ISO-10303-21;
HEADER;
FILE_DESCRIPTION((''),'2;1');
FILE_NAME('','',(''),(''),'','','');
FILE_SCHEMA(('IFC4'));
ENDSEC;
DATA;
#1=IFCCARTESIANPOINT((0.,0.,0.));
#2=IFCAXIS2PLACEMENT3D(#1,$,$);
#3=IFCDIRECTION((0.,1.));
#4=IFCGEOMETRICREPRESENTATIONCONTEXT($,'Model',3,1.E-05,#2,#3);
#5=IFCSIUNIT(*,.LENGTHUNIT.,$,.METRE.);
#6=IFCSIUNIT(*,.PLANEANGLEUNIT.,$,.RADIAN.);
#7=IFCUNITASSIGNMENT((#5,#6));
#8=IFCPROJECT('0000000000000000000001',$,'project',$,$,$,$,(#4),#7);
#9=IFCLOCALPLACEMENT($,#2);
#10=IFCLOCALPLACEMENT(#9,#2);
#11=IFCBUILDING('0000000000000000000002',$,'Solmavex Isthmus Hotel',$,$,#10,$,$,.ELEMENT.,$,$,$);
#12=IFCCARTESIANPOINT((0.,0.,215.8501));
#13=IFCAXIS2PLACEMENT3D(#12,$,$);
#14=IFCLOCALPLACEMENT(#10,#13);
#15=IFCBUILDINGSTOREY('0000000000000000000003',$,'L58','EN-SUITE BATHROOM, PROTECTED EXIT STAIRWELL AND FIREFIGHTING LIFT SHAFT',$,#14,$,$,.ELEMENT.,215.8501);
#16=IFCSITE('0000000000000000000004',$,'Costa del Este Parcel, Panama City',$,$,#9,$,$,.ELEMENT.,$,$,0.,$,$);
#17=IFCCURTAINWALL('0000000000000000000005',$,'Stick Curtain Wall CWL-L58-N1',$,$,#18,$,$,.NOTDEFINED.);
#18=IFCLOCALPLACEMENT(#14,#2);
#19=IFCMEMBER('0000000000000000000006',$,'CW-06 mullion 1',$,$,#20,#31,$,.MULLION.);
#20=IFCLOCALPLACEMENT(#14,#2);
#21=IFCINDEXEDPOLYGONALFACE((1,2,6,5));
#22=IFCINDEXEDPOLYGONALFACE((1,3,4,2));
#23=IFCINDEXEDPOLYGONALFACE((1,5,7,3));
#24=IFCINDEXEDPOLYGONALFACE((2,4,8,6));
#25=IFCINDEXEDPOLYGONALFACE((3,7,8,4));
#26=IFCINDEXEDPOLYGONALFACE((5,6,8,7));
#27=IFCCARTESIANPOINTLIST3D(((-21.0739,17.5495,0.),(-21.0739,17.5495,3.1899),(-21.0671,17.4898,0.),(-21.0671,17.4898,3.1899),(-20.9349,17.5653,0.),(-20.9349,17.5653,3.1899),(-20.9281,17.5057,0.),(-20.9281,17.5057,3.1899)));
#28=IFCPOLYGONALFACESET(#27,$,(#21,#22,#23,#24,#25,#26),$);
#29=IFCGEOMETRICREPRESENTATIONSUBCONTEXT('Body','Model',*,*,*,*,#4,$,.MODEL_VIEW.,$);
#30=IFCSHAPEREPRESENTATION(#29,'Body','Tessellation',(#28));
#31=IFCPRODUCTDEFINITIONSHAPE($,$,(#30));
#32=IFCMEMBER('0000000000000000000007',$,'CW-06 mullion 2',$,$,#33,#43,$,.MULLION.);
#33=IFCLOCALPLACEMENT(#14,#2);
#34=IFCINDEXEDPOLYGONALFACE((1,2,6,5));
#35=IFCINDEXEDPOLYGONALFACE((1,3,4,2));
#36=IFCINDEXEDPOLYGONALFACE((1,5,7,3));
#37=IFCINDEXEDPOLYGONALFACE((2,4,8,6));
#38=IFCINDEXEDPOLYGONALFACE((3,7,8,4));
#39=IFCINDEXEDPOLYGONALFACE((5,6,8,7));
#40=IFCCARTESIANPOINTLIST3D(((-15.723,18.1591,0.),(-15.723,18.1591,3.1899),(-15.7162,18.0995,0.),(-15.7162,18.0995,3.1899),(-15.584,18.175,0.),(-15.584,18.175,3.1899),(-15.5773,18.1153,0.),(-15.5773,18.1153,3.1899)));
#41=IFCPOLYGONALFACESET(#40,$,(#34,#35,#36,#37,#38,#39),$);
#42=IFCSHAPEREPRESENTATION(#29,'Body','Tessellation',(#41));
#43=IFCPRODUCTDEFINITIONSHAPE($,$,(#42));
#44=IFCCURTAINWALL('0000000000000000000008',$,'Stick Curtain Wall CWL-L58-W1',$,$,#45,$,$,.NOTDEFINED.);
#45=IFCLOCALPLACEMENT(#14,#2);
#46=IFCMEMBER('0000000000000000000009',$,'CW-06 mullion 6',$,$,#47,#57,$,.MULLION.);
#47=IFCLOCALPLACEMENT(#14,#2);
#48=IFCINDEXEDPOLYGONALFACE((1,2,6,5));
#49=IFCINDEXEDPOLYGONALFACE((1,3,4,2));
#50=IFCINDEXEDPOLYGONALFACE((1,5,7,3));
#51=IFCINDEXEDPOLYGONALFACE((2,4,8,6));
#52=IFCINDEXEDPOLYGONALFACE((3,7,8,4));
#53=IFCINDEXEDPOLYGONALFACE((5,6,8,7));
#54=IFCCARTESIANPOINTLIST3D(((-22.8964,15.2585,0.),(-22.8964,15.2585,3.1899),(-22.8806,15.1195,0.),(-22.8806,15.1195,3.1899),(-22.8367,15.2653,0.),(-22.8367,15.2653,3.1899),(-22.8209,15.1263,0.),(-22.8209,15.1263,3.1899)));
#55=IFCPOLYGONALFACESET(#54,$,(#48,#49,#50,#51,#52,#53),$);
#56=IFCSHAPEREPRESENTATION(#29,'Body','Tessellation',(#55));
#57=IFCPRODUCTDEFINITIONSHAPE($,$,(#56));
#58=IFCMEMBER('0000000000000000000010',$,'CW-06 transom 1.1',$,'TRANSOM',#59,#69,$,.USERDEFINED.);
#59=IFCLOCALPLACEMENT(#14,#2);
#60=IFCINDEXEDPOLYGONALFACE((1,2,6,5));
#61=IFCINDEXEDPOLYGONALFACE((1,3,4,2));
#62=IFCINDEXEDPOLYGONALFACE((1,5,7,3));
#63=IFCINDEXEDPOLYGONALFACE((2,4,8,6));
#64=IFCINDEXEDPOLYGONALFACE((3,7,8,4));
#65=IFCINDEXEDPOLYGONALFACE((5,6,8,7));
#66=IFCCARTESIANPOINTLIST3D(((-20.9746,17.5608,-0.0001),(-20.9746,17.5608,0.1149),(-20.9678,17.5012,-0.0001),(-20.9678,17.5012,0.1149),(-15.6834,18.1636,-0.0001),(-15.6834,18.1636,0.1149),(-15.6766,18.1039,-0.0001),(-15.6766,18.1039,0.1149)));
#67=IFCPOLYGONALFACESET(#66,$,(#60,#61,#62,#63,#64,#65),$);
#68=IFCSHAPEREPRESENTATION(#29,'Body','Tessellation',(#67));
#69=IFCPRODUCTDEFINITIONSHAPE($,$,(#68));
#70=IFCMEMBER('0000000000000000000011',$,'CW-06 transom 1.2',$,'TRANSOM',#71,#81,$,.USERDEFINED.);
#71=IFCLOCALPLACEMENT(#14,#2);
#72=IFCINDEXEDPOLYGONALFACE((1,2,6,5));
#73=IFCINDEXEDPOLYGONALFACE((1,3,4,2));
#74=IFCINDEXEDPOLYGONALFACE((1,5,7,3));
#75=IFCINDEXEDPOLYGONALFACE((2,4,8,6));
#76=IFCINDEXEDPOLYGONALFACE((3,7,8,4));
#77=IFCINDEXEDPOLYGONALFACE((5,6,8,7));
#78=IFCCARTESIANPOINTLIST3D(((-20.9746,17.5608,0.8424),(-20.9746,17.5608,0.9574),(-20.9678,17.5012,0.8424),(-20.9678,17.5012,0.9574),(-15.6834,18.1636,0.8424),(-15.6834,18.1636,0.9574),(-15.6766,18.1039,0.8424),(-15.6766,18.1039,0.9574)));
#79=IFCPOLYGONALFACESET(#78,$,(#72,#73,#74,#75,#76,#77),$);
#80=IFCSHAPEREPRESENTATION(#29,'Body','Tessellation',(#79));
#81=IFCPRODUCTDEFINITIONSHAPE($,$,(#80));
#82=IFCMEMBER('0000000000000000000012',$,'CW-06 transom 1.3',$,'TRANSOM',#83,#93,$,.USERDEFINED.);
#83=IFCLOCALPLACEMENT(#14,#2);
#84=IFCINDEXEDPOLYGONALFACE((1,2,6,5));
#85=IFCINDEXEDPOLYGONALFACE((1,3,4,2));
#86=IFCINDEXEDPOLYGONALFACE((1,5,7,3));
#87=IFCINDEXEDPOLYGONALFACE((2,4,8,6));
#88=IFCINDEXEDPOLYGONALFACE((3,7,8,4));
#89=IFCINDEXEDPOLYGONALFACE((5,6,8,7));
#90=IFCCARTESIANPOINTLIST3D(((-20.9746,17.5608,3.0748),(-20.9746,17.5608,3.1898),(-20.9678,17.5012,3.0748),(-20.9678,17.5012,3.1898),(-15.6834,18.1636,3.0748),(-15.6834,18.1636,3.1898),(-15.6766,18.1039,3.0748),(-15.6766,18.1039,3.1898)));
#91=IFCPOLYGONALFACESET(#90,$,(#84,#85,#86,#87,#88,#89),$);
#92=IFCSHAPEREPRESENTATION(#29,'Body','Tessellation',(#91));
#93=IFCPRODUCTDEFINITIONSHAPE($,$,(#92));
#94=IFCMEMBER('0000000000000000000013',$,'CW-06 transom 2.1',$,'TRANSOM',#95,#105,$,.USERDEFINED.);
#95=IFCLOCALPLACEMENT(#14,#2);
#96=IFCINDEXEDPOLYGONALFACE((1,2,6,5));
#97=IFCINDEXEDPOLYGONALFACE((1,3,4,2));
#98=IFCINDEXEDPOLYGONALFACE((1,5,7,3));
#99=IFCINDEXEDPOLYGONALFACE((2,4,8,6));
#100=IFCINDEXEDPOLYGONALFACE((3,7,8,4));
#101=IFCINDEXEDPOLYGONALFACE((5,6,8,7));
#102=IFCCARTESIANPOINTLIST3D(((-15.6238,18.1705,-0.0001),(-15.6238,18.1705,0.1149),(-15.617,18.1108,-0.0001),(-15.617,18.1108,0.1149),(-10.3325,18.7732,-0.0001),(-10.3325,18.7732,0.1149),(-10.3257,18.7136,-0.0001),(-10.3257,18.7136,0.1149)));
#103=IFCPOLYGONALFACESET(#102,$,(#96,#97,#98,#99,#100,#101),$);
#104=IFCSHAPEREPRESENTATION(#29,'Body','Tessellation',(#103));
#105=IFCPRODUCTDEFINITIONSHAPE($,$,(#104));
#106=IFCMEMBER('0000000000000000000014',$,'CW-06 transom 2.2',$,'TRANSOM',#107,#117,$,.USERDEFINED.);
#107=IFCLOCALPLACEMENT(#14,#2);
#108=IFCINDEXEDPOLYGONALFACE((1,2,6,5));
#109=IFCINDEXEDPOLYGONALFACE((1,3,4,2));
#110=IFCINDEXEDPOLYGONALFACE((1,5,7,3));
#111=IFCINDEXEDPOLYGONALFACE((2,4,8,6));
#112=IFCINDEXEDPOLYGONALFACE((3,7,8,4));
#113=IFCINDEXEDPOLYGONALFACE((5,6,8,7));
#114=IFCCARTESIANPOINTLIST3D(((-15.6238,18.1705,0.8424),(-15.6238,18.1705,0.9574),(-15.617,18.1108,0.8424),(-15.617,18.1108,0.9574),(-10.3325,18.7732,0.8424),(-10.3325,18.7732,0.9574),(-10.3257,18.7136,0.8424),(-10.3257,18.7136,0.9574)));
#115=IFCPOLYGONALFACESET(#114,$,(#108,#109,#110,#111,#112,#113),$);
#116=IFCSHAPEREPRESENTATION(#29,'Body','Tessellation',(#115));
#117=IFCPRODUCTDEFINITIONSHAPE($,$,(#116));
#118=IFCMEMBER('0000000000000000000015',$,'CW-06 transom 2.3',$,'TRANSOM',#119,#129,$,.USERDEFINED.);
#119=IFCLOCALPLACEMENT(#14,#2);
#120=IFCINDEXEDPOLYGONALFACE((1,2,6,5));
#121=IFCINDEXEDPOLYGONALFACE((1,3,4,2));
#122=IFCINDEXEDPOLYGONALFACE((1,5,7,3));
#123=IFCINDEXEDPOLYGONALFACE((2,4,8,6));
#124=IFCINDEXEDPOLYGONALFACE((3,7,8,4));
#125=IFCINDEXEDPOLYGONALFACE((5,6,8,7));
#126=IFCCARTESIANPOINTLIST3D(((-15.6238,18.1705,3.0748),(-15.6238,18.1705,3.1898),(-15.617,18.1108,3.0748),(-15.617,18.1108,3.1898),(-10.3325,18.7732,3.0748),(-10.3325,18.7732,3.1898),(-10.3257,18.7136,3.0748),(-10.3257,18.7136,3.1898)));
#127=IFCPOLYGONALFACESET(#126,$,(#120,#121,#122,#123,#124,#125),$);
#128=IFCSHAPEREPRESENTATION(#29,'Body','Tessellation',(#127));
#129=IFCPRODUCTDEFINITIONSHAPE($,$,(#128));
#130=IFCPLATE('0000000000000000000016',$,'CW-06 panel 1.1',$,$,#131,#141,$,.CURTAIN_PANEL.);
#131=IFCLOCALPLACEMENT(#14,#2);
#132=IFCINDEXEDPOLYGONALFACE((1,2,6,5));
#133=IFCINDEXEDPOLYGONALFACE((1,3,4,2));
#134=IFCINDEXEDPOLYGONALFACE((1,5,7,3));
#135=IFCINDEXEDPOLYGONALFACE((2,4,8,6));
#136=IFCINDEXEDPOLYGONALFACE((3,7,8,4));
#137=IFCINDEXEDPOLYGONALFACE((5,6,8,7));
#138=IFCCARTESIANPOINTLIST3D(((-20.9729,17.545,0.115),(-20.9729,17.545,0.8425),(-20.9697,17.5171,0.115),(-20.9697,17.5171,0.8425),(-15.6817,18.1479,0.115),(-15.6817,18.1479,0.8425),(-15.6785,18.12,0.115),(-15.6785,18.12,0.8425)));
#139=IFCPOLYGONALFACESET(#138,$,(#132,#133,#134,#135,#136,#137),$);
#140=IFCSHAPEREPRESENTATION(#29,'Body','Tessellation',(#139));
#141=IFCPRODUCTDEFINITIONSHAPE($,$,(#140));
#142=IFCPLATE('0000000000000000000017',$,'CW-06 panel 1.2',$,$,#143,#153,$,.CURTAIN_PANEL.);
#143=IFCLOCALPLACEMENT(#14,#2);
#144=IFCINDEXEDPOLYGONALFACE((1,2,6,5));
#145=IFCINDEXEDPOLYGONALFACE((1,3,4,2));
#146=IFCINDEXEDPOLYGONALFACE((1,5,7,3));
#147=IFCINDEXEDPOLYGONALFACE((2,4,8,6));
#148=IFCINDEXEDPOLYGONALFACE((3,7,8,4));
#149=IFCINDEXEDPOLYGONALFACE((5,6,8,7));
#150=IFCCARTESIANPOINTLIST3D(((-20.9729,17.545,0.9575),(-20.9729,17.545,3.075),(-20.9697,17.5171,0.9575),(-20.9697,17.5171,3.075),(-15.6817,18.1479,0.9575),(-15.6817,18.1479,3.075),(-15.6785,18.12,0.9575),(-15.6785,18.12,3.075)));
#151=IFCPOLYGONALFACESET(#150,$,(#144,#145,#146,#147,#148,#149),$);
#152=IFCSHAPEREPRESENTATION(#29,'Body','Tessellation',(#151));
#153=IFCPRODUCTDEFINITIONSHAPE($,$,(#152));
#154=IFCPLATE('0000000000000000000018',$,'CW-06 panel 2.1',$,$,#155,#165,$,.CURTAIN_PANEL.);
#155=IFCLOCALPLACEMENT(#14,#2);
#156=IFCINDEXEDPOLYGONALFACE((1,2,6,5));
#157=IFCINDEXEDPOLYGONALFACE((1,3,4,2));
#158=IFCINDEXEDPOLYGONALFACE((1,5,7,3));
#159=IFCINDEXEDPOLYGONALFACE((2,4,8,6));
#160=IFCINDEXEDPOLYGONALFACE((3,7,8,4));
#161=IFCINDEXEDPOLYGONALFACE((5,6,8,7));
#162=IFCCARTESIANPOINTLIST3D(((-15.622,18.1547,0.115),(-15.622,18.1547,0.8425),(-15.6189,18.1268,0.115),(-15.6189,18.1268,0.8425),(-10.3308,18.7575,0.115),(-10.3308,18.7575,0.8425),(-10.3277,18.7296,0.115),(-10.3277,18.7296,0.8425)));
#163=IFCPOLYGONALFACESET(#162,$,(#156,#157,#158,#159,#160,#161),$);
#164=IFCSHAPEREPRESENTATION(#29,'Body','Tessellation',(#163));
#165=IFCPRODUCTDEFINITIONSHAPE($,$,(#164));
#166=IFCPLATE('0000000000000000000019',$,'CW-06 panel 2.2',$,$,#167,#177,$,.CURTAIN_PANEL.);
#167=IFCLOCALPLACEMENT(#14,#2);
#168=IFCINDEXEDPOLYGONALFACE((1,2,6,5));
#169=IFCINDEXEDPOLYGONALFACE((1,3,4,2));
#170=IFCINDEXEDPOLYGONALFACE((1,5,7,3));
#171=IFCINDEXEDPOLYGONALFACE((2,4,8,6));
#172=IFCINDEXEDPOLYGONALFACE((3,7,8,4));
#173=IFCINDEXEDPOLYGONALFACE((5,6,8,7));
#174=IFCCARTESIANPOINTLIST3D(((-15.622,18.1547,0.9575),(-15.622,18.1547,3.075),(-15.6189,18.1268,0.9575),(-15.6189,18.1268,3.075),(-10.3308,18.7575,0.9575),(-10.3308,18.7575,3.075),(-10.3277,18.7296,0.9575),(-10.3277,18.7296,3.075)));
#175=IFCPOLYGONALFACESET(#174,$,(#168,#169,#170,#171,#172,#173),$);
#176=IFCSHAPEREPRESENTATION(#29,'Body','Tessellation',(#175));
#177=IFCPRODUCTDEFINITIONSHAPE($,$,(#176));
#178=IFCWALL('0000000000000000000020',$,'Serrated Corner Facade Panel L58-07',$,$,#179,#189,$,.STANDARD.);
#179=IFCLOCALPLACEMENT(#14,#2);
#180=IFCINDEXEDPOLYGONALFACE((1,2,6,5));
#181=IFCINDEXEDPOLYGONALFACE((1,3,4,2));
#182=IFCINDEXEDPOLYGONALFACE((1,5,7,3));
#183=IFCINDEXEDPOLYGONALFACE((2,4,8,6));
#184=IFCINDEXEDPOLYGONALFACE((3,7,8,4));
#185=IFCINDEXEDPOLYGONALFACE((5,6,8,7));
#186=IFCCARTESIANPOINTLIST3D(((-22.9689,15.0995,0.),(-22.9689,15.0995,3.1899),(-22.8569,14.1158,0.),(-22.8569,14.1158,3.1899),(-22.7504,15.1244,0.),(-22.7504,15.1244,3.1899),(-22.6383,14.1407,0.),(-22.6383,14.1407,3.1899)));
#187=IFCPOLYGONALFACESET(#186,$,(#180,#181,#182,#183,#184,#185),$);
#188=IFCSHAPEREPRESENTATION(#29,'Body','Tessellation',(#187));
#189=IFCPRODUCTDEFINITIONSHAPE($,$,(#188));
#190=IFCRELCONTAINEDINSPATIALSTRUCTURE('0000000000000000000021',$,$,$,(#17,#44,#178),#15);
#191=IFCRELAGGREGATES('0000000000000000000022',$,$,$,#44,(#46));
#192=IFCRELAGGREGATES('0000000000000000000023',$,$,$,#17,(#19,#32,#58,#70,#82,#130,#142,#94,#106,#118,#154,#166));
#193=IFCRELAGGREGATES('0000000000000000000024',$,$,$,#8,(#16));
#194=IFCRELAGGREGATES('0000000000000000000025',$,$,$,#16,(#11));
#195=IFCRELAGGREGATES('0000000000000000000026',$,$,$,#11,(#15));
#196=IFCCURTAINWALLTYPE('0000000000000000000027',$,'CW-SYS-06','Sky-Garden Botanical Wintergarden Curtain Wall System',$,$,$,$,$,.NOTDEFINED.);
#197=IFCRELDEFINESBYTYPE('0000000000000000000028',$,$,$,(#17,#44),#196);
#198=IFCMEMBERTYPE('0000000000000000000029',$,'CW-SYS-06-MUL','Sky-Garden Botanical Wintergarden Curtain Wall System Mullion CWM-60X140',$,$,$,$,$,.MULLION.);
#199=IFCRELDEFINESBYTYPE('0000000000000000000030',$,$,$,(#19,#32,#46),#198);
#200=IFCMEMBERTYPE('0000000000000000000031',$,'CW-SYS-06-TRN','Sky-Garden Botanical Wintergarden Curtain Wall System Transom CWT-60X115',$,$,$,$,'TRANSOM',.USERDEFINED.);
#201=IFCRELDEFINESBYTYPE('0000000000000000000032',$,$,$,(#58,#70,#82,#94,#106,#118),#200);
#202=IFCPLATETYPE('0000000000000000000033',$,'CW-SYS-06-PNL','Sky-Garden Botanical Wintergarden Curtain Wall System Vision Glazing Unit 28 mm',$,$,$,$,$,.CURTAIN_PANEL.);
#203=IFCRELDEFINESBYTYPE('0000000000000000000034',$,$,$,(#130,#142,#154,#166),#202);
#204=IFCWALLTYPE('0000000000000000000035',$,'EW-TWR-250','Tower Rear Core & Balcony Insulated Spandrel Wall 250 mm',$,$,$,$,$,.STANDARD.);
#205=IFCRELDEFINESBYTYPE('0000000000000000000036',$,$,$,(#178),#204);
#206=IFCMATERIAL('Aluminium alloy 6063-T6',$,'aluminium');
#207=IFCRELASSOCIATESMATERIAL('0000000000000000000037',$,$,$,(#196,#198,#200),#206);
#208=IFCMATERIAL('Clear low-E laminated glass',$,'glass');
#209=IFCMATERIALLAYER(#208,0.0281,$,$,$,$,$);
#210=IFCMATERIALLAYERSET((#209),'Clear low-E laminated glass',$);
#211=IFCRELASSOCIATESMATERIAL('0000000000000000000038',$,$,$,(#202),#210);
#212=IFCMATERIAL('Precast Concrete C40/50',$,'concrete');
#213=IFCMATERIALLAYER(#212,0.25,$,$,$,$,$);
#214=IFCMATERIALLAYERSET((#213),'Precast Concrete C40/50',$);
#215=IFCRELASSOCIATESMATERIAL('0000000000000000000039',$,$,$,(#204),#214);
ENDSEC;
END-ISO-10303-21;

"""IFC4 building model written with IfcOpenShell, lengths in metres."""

from ifc_helpers import new_model, si_unit, direction, frame, frame_2d, origin, origin_2d, place, context, subcontext, project, spatial, rectangle, extrude, material, layer, layer_set, material_profile, profile_set, type_object, element, aggregate, save


model = new_model("IFC4")

# Units and contexts
model_context = context("Model", 3, precision=1e-05, world=origin(), true_north=direction((0.0, 1.0)))
body_context = subcontext(model_context, "Body", "Model", "MODEL_VIEW")
ifc_project = project(units=[si_unit("LENGTHUNIT", "METRE"), si_unit("PLANEANGLEUNIT", "RADIAN")], contexts=[model_context])

# Site, building, storey
site_placement = place(None, origin())
site = spatial("IfcSite", under=ifc_project, at=site_placement, Name="Costa del Este Parcel, Panama City", CompositionType="ELEMENT", RefElevation=0.0)
building_placement = place(site_placement, origin())
building = spatial("IfcBuilding", under=site, at=building_placement, Name="Solmavex Isthmus Hotel", CompositionType="ELEMENT")
storey_placement = place(building_placement, frame((0.0, 0.0, 215.8501)))
storey = spatial("IfcBuildingStorey", under=building, at=storey_placement, Name="L58", Description="EN-SUITE BATHROOM, PROTECTED EXIT STAIRWELL AND FIREFIGHTING LIFT SHAFT", CompositionType="ELEMENT", Elevation=215.8501)

# Curtain wall, members
ifc_material_1 = material(Name="Aluminium alloy 6063-T6", Category="aluminium")
curtain_wall_type = type_object("IfcCurtainWallType", Name="CW-SYS-06", Description="Sky-Garden Botanical Wintergarden Curtain Wall System", PredefinedType="NOTDEFINED", material=ifc_material_1)
curtain_wall_1_placement = place(storey_placement, origin())
curtain_wall_1 = element("IfcCurtainWall", 1, at=curtain_wall_1_placement, inside=storey, type_object=curtain_wall_type, Name="Stick Curtain Wall CWL-L58-N1", PredefinedType="NOTDEFINED")
ifc_material_profile_1 = material_profile(ifc_material_1, rectangle(XDim=0.0601, YDim=0.1399, at=origin_2d()), Name="CWM-60X140")
ifc_profile_set_1 = profile_set([ifc_material_profile_1], Name="Aluminium alloy 6063-T6")
member_type_1 = type_object("IfcMemberType", Name="CW-SYS-06-MUL", Description="Sky-Garden Botanical Wintergarden Curtain Wall System Mullion CWM-60X140", PredefinedType="MULLION", material=ifc_profile_set_1)
member_1_placement = place(storey_placement, frame((-21.001, 17.5276, 0.0), z_axis=(0.0, 0.0, 1.0), x_axis=(-0.113203, 0.993572, 0.0)))
member_1 = element("IfcMember", 2, at=member_1_placement, type_object=member_type_1, Name="CW-06 mullion 1", PredefinedType="MULLION", context=body_context, shape_type="SweptSolid", body=[
    extrude(rectangle(XDim=0.0601, YDim=0.1399, at=origin_2d()), origin(), (0.0, 0.0, 1.0), 3.1899),
])
member_2_placement = place(storey_placement, frame((-15.6501, 18.1372, 0.0), z_axis=(0.0, 0.0, 1.0), x_axis=(-0.113203, 0.993572, 0.0)))
member_2 = element("IfcMember", 3, at=member_2_placement, type_object=member_type_1, Name="CW-06 mullion 2", PredefinedType="MULLION", context=body_context, shape_type="SweptSolid", body=[
    extrude(rectangle(XDim=0.0601, YDim=0.1399, at=origin_2d()), origin(), (0.0, 0.0, 1.0), 3.1899),
])

# Curtain wall, member
curtain_wall_2_placement = place(storey_placement, origin())
curtain_wall_2 = element("IfcCurtainWall", 4, at=curtain_wall_2_placement, inside=storey, type_object=curtain_wall_type, Name="Stick Curtain Wall CWL-L58-W1", PredefinedType="NOTDEFINED")
member_3_placement = place(storey_placement, frame((-22.8586, 15.1924, 0.0), z_axis=(0.0, 0.0, 1.0), x_axis=(-0.993572, -0.113203, 0.0)))
member_3 = element("IfcMember", 5, at=member_3_placement, type_object=member_type_1, Name="CW-06 mullion 6", PredefinedType="MULLION", context=body_context, shape_type="SweptSolid", body=[
    extrude(rectangle(XDim=0.0601, YDim=0.1399, at=origin_2d()), origin(), (0.0, 0.0, 1.0), 3.1899),
])
aggregate(curtain_wall_2, [member_3])

# Members
ifc_material_profile_2 = material_profile(ifc_material_1, rectangle(XDim=0.0601, YDim=0.115, at=origin_2d()), Name="CWT-60X115")
ifc_profile_set_2 = profile_set([ifc_material_profile_2], Name="Aluminium alloy 6063-T6")
member_type_2 = type_object("IfcMemberType", Name="CW-SYS-06-TRN", Description="Sky-Garden Botanical Wintergarden Curtain Wall System Transom CWT-60X115", ElementType="TRANSOM", PredefinedType="USERDEFINED", material=ifc_profile_set_2)
member_4_placement = place(storey_placement, frame((-20.9712, 17.531, 0.0574), z_axis=(0.993574, 0.113188, 0.0), x_axis=(-0.113188, 0.993574, 0.0)))
member_4 = element("IfcMember", 6, at=member_4_placement, type_object=member_type_2, Name="CW-06 transom 1.1", ObjectType="TRANSOM", PredefinedType="USERDEFINED", context=body_context, shape_type="SweptSolid", body=[
    extrude(rectangle(XDim=0.0601, YDim=0.115, at=origin_2d()), origin(), (0.0, 0.0, 1.0), 5.3254),
])
member_5_placement = place(storey_placement, frame((-20.9712, 17.531, 0.8999), z_axis=(0.993574, 0.113188, 0.0), x_axis=(-0.113188, 0.993574, 0.0)))
member_5 = element("IfcMember", 7, at=member_5_placement, type_object=member_type_2, Name="CW-06 transom 1.2", ObjectType="TRANSOM", PredefinedType="USERDEFINED", context=body_context, shape_type="SweptSolid", body=[
    extrude(rectangle(XDim=0.0601, YDim=0.115, at=origin_2d()), origin(), (0.0, 0.0, 1.0), 5.3254),
])
member_6_placement = place(storey_placement, frame((-20.9712, 17.531, 3.1323), z_axis=(0.993574, 0.113188, 0.0), x_axis=(-0.113188, 0.993574, 0.0)))
member_6 = element("IfcMember", 8, at=member_6_placement, type_object=member_type_2, Name="CW-06 transom 1.3", ObjectType="TRANSOM", PredefinedType="USERDEFINED", context=body_context, shape_type="SweptSolid", body=[
    extrude(rectangle(XDim=0.0601, YDim=0.115, at=origin_2d()), origin(), (0.0, 0.0, 1.0), 5.3254),
])
member_7_placement = place(storey_placement, frame((-15.6204, 18.1406, 0.0574), z_axis=(0.993574, 0.113188, 0.0), x_axis=(-0.113188, 0.993574, 0.0)))
member_7 = element("IfcMember", 9, at=member_7_placement, type_object=member_type_2, Name="CW-06 transom 2.1", ObjectType="TRANSOM", PredefinedType="USERDEFINED", context=body_context, shape_type="SweptSolid", body=[
    extrude(rectangle(XDim=0.0601, YDim=0.115, at=origin_2d()), origin(), (0.0, 0.0, 1.0), 5.3254),
])
member_8_placement = place(storey_placement, frame((-15.6204, 18.1406, 0.8999), z_axis=(0.993574, 0.113188, 0.0), x_axis=(-0.113188, 0.993574, 0.0)))
member_8 = element("IfcMember", 10, at=member_8_placement, type_object=member_type_2, Name="CW-06 transom 2.2", ObjectType="TRANSOM", PredefinedType="USERDEFINED", context=body_context, shape_type="SweptSolid", body=[
    extrude(rectangle(XDim=0.0601, YDim=0.115, at=origin_2d()), origin(), (0.0, 0.0, 1.0), 5.3254),
])
member_9_placement = place(storey_placement, frame((-15.6204, 18.1406, 3.1323), z_axis=(0.993574, 0.113188, 0.0), x_axis=(-0.113188, 0.993574, 0.0)))
member_9 = element("IfcMember", 11, at=member_9_placement, type_object=member_type_2, Name="CW-06 transom 2.3", ObjectType="TRANSOM", PredefinedType="USERDEFINED", context=body_context, shape_type="SweptSolid", body=[
    extrude(rectangle(XDim=0.0601, YDim=0.115, at=origin_2d()), origin(), (0.0, 0.0, 1.0), 5.3254),
])

# Plates
ifc_material_2 = material(Name="Clear low-E laminated glass", Category="glass")
ifc_layer_1 = layer(ifc_material_2, 0.0281)
ifc_layer_set_1 = layer_set([ifc_layer_1], Name="Clear low-E laminated glass")
plate_type = type_object("IfcPlateType", Name="CW-SYS-06-PNL", Description="Sky-Garden Botanical Wintergarden Curtain Wall System Vision Glazing Unit 28 mm", PredefinedType="CURTAIN_PANEL", material=ifc_layer_set_1)
plate_1_placement = place(storey_placement, frame((-18.3257, 17.8325, 0.115), z_axis=(0.0, 0.0, 1.0), x_axis=(0.993572, 0.113203, 0.0)))
plate_1 = element("IfcPlate", 12, at=plate_1_placement, type_object=plate_type, Name="CW-06 panel 1.1", PredefinedType="CURTAIN_PANEL", context=body_context, shape_type="SweptSolid", body=[
    extrude(rectangle(XDim=5.3254, YDim=0.0281, at=origin_2d()), origin(), (0.0, 0.0, 1.0), 0.7275),
])
plate_2_placement = place(storey_placement, frame((-18.3257, 17.8325, 0.9575), z_axis=(0.0, 0.0, 1.0), x_axis=(0.993572, 0.113203, 0.0)))
plate_2 = element("IfcPlate", 13, at=plate_2_placement, type_object=plate_type, Name="CW-06 panel 1.2", PredefinedType="CURTAIN_PANEL", context=body_context, shape_type="SweptSolid", body=[
    extrude(rectangle(XDim=5.3254, YDim=0.0281, at=origin_2d()), origin(), (0.0, 0.0, 1.0), 2.1174),
])
plate_3_placement = place(storey_placement, frame((-12.9749, 18.4421, 0.115), z_axis=(0.0, 0.0, 1.0), x_axis=(0.993572, 0.113203, 0.0)))
plate_3 = element("IfcPlate", 14, at=plate_3_placement, type_object=plate_type, Name="CW-06 panel 2.1", PredefinedType="CURTAIN_PANEL", context=body_context, shape_type="SweptSolid", body=[
    extrude(rectangle(XDim=5.3254, YDim=0.0281, at=origin_2d()), origin(), (0.0, 0.0, 1.0), 0.7275),
])
plate_4_placement = place(storey_placement, frame((-12.9749, 18.4421, 0.9575), z_axis=(0.0, 0.0, 1.0), x_axis=(0.993572, 0.113203, 0.0)))
plate_4 = element("IfcPlate", 15, at=plate_4_placement, type_object=plate_type, Name="CW-06 panel 2.2", PredefinedType="CURTAIN_PANEL", context=body_context, shape_type="SweptSolid", body=[
    extrude(rectangle(XDim=5.3254, YDim=0.0281, at=origin_2d()), origin(), (0.0, 0.0, 1.0), 2.1174),
])
aggregate(curtain_wall_1, [member_1, member_2, member_4, member_5, member_6, plate_1, plate_2, member_7, member_8, member_9, plate_3, plate_4])

# Wall
ifc_material_3 = material(Name="Precast Concrete C40/50", Category="concrete")
ifc_layer_2 = layer(ifc_material_3, 0.25)
ifc_layer_set_2 = layer_set([ifc_layer_2], Name="Precast Concrete C40/50")
wall_type_1 = type_object("IfcWallType", Name="EW-TWR-250", Description="Tower Rear Core & Balcony Insulated Spandrel Wall 250 mm", PredefinedType="STANDARD", material=ifc_layer_set_2)
wall_1_placement = place(storey_placement, frame((-22.7476, 14.1282, 0.0), z_axis=(0.0, 0.0, 1.0), x_axis=(-0.113192, 0.993573, 0.0)))
element("IfcWall", 16, at=wall_1_placement, inside=storey, type_object=wall_type_1, Name="Serrated Corner Facade Panel L58-07", PredefinedType="STANDARD", context=body_context, shape_type="SweptSolid", body=[
    extrude(rectangle(XDim=0.99, YDim=0.22, at=frame_2d((0.4951, 0.0))), origin(), (0.0, 0.0, 1.0), 3.1899),
])

save(model, "model.ifc")
